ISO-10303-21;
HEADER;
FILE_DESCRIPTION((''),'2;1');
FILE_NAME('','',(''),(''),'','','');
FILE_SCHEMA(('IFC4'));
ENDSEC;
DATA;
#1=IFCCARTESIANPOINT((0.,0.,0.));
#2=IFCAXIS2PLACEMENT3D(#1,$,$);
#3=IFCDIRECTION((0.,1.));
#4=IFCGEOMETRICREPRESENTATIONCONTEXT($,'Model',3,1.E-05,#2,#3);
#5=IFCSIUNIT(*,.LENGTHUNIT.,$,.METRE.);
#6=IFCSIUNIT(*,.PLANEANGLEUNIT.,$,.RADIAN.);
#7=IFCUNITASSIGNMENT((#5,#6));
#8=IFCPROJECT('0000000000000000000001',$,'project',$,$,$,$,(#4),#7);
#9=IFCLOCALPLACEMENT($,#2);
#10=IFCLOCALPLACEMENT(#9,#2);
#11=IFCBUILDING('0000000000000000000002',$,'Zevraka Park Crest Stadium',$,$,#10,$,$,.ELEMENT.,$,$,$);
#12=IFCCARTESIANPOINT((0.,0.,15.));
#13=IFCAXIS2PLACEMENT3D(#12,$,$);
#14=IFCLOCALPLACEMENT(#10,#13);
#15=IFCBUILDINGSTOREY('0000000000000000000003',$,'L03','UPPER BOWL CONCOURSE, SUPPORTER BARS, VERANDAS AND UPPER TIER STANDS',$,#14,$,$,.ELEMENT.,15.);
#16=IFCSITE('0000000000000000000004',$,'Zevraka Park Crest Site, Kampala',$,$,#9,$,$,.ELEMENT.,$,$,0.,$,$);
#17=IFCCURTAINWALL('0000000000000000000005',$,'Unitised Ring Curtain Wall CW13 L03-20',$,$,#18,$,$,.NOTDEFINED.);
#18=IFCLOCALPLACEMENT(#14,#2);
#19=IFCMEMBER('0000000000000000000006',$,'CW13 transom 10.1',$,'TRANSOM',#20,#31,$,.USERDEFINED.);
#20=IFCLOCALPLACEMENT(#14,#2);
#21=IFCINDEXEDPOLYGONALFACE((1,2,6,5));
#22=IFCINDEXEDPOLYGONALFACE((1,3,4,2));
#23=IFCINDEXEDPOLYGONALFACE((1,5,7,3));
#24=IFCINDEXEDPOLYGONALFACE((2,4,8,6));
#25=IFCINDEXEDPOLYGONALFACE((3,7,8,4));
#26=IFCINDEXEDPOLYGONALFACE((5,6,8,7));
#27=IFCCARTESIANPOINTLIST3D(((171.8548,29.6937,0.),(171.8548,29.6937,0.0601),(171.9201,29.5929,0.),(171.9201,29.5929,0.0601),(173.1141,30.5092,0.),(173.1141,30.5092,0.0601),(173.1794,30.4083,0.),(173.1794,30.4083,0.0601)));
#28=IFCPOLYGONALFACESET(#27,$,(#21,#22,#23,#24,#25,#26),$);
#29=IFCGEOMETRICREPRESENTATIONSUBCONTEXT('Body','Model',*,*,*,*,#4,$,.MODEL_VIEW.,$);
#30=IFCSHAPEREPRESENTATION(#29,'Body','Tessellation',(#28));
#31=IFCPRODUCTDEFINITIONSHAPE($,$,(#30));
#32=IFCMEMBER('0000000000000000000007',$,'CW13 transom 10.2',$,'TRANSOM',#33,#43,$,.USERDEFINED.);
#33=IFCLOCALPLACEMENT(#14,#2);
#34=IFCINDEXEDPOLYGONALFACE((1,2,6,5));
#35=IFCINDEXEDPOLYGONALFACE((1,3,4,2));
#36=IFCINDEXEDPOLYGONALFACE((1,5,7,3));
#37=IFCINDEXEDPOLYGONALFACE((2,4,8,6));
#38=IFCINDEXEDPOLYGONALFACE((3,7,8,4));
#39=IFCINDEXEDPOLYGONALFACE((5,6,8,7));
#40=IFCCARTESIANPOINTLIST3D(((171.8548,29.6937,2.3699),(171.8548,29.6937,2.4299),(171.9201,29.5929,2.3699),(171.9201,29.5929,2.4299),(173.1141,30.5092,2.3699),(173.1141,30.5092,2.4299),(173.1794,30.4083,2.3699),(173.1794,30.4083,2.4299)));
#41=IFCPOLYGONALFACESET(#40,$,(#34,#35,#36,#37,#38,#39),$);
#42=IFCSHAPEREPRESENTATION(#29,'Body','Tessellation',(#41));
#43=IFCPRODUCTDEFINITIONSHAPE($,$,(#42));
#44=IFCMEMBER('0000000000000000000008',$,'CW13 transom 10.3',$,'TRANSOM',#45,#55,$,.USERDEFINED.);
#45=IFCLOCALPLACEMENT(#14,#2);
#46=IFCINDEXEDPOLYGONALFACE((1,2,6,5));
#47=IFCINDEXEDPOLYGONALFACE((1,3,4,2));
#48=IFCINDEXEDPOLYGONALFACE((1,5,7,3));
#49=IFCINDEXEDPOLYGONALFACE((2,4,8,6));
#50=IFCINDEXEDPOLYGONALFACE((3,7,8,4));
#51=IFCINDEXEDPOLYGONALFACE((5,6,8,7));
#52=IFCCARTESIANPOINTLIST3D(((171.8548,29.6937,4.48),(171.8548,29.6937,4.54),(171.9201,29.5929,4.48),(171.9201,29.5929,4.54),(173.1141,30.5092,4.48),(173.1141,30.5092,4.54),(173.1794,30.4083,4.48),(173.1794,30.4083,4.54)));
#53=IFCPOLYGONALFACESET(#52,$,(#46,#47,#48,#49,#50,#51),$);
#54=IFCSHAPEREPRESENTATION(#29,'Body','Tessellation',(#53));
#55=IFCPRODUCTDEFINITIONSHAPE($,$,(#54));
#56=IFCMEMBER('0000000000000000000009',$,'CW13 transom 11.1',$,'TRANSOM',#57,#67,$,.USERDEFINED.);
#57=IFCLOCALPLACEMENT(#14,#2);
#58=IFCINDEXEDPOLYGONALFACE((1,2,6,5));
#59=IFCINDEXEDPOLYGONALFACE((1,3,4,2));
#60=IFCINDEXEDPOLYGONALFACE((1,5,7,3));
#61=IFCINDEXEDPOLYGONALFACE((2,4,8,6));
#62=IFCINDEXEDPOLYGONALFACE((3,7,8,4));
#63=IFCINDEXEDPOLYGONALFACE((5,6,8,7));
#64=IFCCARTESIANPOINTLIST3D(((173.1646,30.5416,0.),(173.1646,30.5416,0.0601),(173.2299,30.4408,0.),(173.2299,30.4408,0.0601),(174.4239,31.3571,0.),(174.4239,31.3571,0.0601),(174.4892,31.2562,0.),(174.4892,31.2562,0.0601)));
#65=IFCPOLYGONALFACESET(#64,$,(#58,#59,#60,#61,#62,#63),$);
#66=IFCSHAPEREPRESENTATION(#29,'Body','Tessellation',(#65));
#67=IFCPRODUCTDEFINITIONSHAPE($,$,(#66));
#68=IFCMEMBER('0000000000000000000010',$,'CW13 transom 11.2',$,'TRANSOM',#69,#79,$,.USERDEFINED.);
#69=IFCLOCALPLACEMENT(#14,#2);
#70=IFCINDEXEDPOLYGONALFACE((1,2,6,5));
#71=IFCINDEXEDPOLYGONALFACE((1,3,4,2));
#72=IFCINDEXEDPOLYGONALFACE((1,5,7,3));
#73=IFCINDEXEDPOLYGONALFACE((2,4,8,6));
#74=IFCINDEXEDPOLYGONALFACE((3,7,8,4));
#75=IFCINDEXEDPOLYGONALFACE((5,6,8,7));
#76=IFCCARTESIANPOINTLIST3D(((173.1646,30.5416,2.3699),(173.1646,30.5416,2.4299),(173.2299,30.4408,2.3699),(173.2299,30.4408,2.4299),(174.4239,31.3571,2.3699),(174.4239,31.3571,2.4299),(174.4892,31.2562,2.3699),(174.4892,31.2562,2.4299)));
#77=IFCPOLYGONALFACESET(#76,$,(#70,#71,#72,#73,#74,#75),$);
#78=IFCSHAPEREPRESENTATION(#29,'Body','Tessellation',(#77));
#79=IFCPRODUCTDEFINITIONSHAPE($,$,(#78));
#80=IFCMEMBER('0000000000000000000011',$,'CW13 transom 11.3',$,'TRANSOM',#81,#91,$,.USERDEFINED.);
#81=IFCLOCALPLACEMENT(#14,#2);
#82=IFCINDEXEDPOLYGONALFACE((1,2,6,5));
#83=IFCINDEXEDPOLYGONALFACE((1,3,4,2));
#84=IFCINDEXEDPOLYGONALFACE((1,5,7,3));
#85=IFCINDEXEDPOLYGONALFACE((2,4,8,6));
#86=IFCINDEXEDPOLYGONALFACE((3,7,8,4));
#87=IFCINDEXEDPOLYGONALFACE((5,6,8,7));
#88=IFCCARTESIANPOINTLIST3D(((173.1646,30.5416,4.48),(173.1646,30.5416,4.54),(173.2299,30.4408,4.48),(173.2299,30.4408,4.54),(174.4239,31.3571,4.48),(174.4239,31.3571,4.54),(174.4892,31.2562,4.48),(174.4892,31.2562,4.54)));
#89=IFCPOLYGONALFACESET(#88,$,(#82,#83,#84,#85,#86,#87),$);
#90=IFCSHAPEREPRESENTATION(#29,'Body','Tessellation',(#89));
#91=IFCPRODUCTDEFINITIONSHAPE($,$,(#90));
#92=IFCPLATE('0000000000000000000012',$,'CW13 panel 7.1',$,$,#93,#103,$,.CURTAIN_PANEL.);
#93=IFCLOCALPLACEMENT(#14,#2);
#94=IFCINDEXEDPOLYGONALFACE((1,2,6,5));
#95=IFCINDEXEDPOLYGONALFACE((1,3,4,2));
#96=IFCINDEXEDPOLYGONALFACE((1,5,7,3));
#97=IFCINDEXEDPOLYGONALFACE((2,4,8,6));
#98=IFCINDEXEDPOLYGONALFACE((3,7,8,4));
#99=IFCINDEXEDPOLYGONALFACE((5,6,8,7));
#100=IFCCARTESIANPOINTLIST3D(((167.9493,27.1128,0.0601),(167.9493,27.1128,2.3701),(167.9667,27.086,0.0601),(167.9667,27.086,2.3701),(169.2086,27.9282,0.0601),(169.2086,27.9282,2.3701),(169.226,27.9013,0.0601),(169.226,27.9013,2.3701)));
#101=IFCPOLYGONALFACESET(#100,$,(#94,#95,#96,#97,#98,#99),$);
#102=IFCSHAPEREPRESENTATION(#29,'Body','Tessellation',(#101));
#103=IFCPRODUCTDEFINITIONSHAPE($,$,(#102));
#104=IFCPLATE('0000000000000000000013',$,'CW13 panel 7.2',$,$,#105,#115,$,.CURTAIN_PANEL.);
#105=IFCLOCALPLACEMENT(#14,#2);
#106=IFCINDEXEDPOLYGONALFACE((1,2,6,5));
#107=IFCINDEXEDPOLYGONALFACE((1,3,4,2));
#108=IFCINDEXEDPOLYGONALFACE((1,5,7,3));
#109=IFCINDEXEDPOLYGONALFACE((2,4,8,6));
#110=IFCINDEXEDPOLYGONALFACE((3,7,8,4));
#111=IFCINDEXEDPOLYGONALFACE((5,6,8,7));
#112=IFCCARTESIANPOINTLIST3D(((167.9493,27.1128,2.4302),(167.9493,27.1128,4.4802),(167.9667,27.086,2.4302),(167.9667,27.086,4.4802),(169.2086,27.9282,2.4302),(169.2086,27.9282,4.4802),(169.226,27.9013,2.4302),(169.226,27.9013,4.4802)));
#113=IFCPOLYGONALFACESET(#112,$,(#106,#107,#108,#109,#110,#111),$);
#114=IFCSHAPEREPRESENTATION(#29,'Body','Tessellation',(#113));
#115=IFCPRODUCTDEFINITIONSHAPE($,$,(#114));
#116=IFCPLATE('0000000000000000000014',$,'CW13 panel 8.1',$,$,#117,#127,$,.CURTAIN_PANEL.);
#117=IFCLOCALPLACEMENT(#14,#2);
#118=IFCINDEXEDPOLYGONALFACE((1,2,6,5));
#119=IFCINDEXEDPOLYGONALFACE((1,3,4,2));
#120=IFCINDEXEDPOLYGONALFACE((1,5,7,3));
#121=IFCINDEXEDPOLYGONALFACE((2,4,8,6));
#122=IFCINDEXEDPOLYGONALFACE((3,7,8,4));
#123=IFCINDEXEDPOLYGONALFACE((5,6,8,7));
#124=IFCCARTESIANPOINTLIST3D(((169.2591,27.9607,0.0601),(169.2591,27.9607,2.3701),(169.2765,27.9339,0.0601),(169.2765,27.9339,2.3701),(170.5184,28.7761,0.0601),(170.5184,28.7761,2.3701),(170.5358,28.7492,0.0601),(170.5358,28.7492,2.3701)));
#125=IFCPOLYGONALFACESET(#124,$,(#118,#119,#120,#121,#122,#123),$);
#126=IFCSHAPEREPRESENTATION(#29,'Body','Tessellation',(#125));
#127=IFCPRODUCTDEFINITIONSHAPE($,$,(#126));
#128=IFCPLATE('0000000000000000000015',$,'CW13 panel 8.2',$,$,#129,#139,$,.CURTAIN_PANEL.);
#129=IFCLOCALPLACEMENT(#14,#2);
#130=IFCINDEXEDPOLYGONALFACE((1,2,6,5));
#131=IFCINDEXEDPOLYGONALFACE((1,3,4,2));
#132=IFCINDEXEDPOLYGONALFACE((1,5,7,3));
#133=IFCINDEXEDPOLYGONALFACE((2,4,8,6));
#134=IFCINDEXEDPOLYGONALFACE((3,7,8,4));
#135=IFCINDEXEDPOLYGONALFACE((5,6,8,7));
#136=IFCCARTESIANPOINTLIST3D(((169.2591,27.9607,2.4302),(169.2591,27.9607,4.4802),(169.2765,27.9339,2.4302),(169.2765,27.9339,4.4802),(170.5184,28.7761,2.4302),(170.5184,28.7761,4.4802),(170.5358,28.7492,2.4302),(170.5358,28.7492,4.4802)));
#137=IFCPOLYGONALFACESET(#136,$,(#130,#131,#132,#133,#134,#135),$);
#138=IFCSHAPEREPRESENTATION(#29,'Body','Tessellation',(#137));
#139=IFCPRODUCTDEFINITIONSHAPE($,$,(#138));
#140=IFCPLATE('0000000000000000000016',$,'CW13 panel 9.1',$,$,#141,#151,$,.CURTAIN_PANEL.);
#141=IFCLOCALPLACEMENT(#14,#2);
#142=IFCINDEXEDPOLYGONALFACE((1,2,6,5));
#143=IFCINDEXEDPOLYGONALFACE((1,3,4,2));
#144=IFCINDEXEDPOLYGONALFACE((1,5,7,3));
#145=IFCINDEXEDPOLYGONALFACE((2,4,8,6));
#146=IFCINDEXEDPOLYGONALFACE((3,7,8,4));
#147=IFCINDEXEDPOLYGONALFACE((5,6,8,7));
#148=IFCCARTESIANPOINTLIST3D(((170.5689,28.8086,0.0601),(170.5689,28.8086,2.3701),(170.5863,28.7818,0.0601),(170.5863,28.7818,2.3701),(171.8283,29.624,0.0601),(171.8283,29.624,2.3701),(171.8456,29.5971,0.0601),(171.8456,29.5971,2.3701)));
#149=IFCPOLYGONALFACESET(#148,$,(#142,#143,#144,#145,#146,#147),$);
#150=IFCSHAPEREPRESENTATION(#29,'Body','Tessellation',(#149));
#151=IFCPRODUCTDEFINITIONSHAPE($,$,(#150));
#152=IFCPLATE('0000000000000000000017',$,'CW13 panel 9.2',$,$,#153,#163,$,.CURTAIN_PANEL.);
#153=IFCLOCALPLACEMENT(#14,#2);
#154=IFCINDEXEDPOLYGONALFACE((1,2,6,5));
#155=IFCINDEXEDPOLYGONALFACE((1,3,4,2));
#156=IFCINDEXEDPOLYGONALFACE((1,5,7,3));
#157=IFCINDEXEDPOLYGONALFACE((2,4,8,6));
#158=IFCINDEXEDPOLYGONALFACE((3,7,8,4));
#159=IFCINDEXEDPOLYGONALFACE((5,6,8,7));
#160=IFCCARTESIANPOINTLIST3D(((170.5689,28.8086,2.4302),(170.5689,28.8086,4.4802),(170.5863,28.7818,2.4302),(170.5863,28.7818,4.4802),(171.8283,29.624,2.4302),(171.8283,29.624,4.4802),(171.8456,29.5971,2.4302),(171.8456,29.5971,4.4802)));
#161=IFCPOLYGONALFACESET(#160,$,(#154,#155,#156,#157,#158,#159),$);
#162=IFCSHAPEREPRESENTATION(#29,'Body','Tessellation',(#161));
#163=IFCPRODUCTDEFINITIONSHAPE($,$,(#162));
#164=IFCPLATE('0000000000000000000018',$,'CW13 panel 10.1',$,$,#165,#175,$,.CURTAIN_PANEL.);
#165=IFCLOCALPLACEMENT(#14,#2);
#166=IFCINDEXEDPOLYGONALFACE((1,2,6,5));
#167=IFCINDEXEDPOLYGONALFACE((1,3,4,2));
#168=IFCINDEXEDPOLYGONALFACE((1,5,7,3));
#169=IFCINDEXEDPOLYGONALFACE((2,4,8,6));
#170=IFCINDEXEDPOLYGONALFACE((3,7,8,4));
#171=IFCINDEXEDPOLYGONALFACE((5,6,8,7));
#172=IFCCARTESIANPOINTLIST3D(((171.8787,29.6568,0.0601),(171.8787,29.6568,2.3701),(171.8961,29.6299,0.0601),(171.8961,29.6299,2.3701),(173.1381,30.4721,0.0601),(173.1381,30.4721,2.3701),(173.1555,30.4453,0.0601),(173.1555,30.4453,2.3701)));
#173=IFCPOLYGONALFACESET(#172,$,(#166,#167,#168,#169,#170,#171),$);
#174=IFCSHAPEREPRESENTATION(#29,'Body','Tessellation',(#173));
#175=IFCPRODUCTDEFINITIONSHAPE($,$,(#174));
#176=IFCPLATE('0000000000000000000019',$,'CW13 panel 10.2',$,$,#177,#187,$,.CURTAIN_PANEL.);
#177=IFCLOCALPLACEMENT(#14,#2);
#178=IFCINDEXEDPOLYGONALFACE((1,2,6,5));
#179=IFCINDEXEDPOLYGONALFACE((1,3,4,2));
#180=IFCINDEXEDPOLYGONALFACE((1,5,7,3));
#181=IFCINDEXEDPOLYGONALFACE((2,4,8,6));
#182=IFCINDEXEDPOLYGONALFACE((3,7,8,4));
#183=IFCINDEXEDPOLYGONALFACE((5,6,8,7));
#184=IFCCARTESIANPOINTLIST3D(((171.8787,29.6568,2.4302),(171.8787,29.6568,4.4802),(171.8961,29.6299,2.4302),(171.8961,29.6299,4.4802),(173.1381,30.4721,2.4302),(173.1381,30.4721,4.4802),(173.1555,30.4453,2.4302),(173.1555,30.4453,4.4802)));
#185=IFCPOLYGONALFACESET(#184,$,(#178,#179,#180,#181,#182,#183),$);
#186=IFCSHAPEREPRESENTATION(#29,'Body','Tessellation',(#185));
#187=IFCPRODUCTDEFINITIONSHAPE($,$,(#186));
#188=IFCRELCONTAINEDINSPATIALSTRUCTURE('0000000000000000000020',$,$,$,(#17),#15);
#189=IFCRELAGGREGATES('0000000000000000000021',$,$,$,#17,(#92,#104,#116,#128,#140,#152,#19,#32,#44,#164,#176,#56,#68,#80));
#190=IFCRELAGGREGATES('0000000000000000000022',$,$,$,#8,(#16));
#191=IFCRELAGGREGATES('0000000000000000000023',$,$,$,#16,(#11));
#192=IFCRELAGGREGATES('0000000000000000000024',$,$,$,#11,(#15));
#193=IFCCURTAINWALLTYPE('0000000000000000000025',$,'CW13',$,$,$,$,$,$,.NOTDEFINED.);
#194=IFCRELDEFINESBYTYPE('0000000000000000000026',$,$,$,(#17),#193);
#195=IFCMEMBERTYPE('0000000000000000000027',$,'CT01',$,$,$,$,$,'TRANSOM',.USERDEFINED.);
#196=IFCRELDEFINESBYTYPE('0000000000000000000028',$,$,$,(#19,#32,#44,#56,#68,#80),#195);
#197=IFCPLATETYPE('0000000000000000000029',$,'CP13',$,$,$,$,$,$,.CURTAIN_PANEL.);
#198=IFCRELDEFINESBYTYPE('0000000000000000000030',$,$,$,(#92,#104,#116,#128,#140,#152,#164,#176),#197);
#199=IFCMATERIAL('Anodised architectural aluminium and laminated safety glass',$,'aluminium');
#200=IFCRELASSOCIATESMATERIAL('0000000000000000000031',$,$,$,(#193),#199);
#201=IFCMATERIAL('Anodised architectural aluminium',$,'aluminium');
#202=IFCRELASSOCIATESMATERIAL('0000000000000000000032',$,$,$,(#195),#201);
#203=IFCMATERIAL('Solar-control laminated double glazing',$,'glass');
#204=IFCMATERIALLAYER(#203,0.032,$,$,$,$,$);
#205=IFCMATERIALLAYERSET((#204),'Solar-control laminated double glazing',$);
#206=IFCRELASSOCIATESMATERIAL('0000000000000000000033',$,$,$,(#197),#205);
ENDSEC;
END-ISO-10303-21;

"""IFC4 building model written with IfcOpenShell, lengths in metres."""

from ifc_helpers import new_model, si_unit, direction, frame, origin, origin_2d, place, context, subcontext, project, spatial, rectangle, extrude, material, layer, layer_set, material_profile, profile_set, type_object, element, aggregate, save


model = new_model("IFC4")

# Units and contexts
model_context = context("Model", 3, precision=1e-05, world=origin(), true_north=direction((0.0, 1.0)))
body_context = subcontext(model_context, "Body", "Model", "MODEL_VIEW")
ifc_project = project(units=[si_unit("LENGTHUNIT", "METRE"), si_unit("PLANEANGLEUNIT", "RADIAN")], contexts=[model_context])

# Site, building, storey
site_placement = place(None, origin())
site = spatial("IfcSite", under=ifc_project, at=site_placement, Name="Zevraka Park Crest Site, Kampala", CompositionType="ELEMENT", RefElevation=0.0)
building_placement = place(site_placement, origin())
building = spatial("IfcBuilding", under=site, at=building_placement, Name="Zevraka Park Crest Stadium", CompositionType="ELEMENT")
storey_placement = place(building_placement, frame((0.0, 0.0, 15.0)))
storey = spatial("IfcBuildingStorey", under=building, at=storey_placement, Name="L03", Description="UPPER BOWL CONCOURSE, SUPPORTER BARS, VERANDAS AND UPPER TIER STANDS", CompositionType="ELEMENT", Elevation=15.0)

# Curtain wall, members, plates
ifc_material_1 = material(Name="Anodised architectural aluminium and laminated safety glass", Category="aluminium")
curtain_wall_type = type_object("IfcCurtainWallType", Name="CW13", PredefinedType="NOTDEFINED", material=ifc_material_1)
curtain_wall_placement = place(storey_placement, origin())
curtain_wall = element("IfcCurtainWall", 1, at=curtain_wall_placement, inside=storey, type_object=curtain_wall_type, Name="Unitised Ring Curtain Wall CW13 L03-20", PredefinedType="NOTDEFINED")
ifc_material_2 = material(Name="Anodised architectural aluminium", Category="aluminium")
ifc_material_profile_1 = material_profile(ifc_material_2, rectangle(XDim=0.1201, YDim=0.0601, at=origin_2d()), Name="ALU TRANSOM 120x60")
ifc_profile_set_1 = profile_set([ifc_material_profile_1], Name="Anodised architectural aluminium")
member_type_1 = type_object("IfcMemberType", Name="CT01", ElementType="TRANSOM", PredefinedType="USERDEFINED", material=ifc_profile_set_1)
member_1_placement = place(storey_placement, frame((171.8875, 29.6433, 0.03), z_axis=(0.839387, 0.543535, 0.0), x_axis=(-0.543535, 0.839387, 0.0)))
member_1 = element("IfcMember", 2, at=member_1_placement, type_object=member_type_1, Name="CW13 transom 10.1", ObjectType="TRANSOM", PredefinedType="USERDEFINED", context=body_context, shape_type="SweptSolid", body=[
    extrude(rectangle(XDim=0.1201, YDim=0.0601, at=origin_2d()), origin(), (0.0, 0.0, 1.0), 1.5002),
])
member_2_placement = place(storey_placement, frame((171.8875, 29.6433, 2.3999), z_axis=(0.839387, 0.543535, 0.0), x_axis=(-0.543535, 0.839387, 0.0)))
member_2 = element("IfcMember", 3, at=member_2_placement, type_object=member_type_1, Name="CW13 transom 10.2", ObjectType="TRANSOM", PredefinedType="USERDEFINED", context=body_context, shape_type="SweptSolid", body=[
    extrude(rectangle(XDim=0.1201, YDim=0.0601, at=origin_2d()), origin(), (0.0, 0.0, 1.0), 1.5002),
])
member_3_placement = place(storey_placement, frame((171.8875, 29.6433, 4.51), z_axis=(0.839387, 0.543535, 0.0), x_axis=(-0.543535, 0.839387, 0.0)))
member_3 = element("IfcMember", 4, at=member_3_placement, type_object=member_type_1, Name="CW13 transom 10.3", ObjectType="TRANSOM", PredefinedType="USERDEFINED", context=body_context, shape_type="SweptSolid", body=[
    extrude(rectangle(XDim=0.1201, YDim=0.0601, at=origin_2d()), origin(), (0.0, 0.0, 1.0), 1.5002),
])
member_4_placement = place(storey_placement, frame((173.1973, 30.4912, 0.03), z_axis=(0.839387, 0.543535, 0.0), x_axis=(-0.543535, 0.839387, 0.0)))
member_4 = element("IfcMember", 5, at=member_4_placement, type_object=member_type_1, Name="CW13 transom 11.1", ObjectType="TRANSOM", PredefinedType="USERDEFINED", context=body_context, shape_type="SweptSolid", body=[
    extrude(rectangle(XDim=0.1201, YDim=0.0601, at=origin_2d()), origin(), (0.0, 0.0, 1.0), 1.5002),
])
member_5_placement = place(storey_placement, frame((173.1973, 30.4912, 2.3999), z_axis=(0.839387, 0.543535, 0.0), x_axis=(-0.543535, 0.839387, 0.0)))
member_5 = element("IfcMember", 6, at=member_5_placement, type_object=member_type_1, Name="CW13 transom 11.2", ObjectType="TRANSOM", PredefinedType="USERDEFINED", context=body_context, shape_type="SweptSolid", body=[
    extrude(rectangle(XDim=0.1201, YDim=0.0601, at=origin_2d()), origin(), (0.0, 0.0, 1.0), 1.5002),
])
member_6_placement = place(storey_placement, frame((173.1973, 30.4912, 4.51), z_axis=(0.839387, 0.543535, 0.0), x_axis=(-0.543535, 0.839387, 0.0)))
member_6 = element("IfcMember", 7, at=member_6_placement, type_object=member_type_1, Name="CW13 transom 11.3", ObjectType="TRANSOM", PredefinedType="USERDEFINED", context=body_context, shape_type="SweptSolid", body=[
    extrude(rectangle(XDim=0.1201, YDim=0.0601, at=origin_2d()), origin(), (0.0, 0.0, 1.0), 1.5002),
])
ifc_material_3 = material(Name="Solar-control laminated double glazing", Category="glass")
ifc_layer_1 = layer(ifc_material_3, 0.032)
ifc_layer_set_1 = layer_set([ifc_layer_1], Name="Solar-control laminated double glazing")
plate_type = type_object("IfcPlateType", Name="CP13", PredefinedType="CURTAIN_PANEL", material=ifc_layer_set_1)
plate_1_placement = place(storey_placement, frame((168.5876, 27.5071, 0.0601), z_axis=(0.0, 0.0, 1.0), x_axis=(0.839429, 0.543469, 0.0)))
plate_1 = element("IfcPlate", 8, at=plate_1_placement, type_object=plate_type, Name="CW13 panel 7.1", PredefinedType="CURTAIN_PANEL", context=body_context, shape_type="SweptSolid", body=[
    extrude(rectangle(XDim=1.5002, YDim=0.032, at=origin_2d()), origin(), (0.0, 0.0, 1.0), 2.3101),
])
plate_2_placement = place(storey_placement, frame((168.5876, 27.5071, 2.4302), z_axis=(0.0, 0.0, 1.0), x_axis=(0.839429, 0.543469, 0.0)))
plate_2 = element("IfcPlate", 9, at=plate_2_placement, type_object=plate_type, Name="CW13 panel 7.2", PredefinedType="CURTAIN_PANEL", context=body_context, shape_type="SweptSolid", body=[
    extrude(rectangle(XDim=1.5002, YDim=0.032, at=origin_2d()), origin(), (0.0, 0.0, 1.0), 2.05),
])
plate_3_placement = place(storey_placement, frame((169.8975, 28.355, 0.0601), z_axis=(0.0, 0.0, 1.0), x_axis=(0.839429, 0.543469, 0.0)))
plate_3 = element("IfcPlate", 10, at=plate_3_placement, type_object=plate_type, Name="CW13 panel 8.1", PredefinedType="CURTAIN_PANEL", context=body_context, shape_type="SweptSolid", body=[
    extrude(rectangle(XDim=1.5002, YDim=0.032, at=origin_2d()), origin(), (0.0, 0.0, 1.0), 2.3101),
])
plate_4_placement = place(storey_placement, frame((169.8975, 28.355, 2.4302), z_axis=(0.0, 0.0, 1.0), x_axis=(0.839429, 0.543469, 0.0)))
plate_4 = element("IfcPlate", 11, at=plate_4_placement, type_object=plate_type, Name="CW13 panel 8.2", PredefinedType="CURTAIN_PANEL", context=body_context, shape_type="SweptSolid", body=[
    extrude(rectangle(XDim=1.5002, YDim=0.032, at=origin_2d()), origin(), (0.0, 0.0, 1.0), 2.05),
])
plate_5_placement = place(storey_placement, frame((171.2073, 29.2029, 0.0601), z_axis=(0.0, 0.0, 1.0), x_axis=(0.839429, 0.543469, 0.0)))
plate_5 = element("IfcPlate", 12, at=plate_5_placement, type_object=plate_type, Name="CW13 panel 9.1", PredefinedType="CURTAIN_PANEL", context=body_context, shape_type="SweptSolid", body=[
    extrude(rectangle(XDim=1.5002, YDim=0.032, at=origin_2d()), origin(), (0.0, 0.0, 1.0), 2.3101),
])
plate_6_placement = place(storey_placement, frame((171.2073, 29.2029, 2.4302), z_axis=(0.0, 0.0, 1.0), x_axis=(0.839429, 0.543469, 0.0)))
plate_6 = element("IfcPlate", 13, at=plate_6_placement, type_object=plate_type, Name="CW13 panel 9.2", PredefinedType="CURTAIN_PANEL", context=body_context, shape_type="SweptSolid", body=[
    extrude(rectangle(XDim=1.5002, YDim=0.032, at=origin_2d()), origin(), (0.0, 0.0, 1.0), 2.05),
])
plate_7_placement = place(storey_placement, frame((172.5171, 30.051, 0.0601), z_axis=(0.0, 0.0, 1.0), x_axis=(0.839429, 0.543469, 0.0)))
plate_7 = element("IfcPlate", 14, at=plate_7_placement, type_object=plate_type, Name="CW13 panel 10.1", PredefinedType="CURTAIN_PANEL", context=body_context, shape_type="SweptSolid", body=[
    extrude(rectangle(XDim=1.5002, YDim=0.032, at=origin_2d()), origin(), (0.0, 0.0, 1.0), 2.3101),
])
plate_8_placement = place(storey_placement, frame((172.5171, 30.051, 2.4302), z_axis=(0.0, 0.0, 1.0), x_axis=(0.839429, 0.543469, 0.0)))
plate_8 = element("IfcPlate", 15, at=plate_8_placement, type_object=plate_type, Name="CW13 panel 10.2", PredefinedType="CURTAIN_PANEL", context=body_context, shape_type="SweptSolid", body=[
    extrude(rectangle(XDim=1.5002, YDim=0.032, at=origin_2d()), origin(), (0.0, 0.0, 1.0), 2.05),
])
aggregate(curtain_wall, [plate_1, plate_2, plate_3, plate_4, plate_5, plate_6, member_1, member_2, member_3, plate_7, plate_8, member_4, member_5, member_6])

save(model, "model.ifc")
